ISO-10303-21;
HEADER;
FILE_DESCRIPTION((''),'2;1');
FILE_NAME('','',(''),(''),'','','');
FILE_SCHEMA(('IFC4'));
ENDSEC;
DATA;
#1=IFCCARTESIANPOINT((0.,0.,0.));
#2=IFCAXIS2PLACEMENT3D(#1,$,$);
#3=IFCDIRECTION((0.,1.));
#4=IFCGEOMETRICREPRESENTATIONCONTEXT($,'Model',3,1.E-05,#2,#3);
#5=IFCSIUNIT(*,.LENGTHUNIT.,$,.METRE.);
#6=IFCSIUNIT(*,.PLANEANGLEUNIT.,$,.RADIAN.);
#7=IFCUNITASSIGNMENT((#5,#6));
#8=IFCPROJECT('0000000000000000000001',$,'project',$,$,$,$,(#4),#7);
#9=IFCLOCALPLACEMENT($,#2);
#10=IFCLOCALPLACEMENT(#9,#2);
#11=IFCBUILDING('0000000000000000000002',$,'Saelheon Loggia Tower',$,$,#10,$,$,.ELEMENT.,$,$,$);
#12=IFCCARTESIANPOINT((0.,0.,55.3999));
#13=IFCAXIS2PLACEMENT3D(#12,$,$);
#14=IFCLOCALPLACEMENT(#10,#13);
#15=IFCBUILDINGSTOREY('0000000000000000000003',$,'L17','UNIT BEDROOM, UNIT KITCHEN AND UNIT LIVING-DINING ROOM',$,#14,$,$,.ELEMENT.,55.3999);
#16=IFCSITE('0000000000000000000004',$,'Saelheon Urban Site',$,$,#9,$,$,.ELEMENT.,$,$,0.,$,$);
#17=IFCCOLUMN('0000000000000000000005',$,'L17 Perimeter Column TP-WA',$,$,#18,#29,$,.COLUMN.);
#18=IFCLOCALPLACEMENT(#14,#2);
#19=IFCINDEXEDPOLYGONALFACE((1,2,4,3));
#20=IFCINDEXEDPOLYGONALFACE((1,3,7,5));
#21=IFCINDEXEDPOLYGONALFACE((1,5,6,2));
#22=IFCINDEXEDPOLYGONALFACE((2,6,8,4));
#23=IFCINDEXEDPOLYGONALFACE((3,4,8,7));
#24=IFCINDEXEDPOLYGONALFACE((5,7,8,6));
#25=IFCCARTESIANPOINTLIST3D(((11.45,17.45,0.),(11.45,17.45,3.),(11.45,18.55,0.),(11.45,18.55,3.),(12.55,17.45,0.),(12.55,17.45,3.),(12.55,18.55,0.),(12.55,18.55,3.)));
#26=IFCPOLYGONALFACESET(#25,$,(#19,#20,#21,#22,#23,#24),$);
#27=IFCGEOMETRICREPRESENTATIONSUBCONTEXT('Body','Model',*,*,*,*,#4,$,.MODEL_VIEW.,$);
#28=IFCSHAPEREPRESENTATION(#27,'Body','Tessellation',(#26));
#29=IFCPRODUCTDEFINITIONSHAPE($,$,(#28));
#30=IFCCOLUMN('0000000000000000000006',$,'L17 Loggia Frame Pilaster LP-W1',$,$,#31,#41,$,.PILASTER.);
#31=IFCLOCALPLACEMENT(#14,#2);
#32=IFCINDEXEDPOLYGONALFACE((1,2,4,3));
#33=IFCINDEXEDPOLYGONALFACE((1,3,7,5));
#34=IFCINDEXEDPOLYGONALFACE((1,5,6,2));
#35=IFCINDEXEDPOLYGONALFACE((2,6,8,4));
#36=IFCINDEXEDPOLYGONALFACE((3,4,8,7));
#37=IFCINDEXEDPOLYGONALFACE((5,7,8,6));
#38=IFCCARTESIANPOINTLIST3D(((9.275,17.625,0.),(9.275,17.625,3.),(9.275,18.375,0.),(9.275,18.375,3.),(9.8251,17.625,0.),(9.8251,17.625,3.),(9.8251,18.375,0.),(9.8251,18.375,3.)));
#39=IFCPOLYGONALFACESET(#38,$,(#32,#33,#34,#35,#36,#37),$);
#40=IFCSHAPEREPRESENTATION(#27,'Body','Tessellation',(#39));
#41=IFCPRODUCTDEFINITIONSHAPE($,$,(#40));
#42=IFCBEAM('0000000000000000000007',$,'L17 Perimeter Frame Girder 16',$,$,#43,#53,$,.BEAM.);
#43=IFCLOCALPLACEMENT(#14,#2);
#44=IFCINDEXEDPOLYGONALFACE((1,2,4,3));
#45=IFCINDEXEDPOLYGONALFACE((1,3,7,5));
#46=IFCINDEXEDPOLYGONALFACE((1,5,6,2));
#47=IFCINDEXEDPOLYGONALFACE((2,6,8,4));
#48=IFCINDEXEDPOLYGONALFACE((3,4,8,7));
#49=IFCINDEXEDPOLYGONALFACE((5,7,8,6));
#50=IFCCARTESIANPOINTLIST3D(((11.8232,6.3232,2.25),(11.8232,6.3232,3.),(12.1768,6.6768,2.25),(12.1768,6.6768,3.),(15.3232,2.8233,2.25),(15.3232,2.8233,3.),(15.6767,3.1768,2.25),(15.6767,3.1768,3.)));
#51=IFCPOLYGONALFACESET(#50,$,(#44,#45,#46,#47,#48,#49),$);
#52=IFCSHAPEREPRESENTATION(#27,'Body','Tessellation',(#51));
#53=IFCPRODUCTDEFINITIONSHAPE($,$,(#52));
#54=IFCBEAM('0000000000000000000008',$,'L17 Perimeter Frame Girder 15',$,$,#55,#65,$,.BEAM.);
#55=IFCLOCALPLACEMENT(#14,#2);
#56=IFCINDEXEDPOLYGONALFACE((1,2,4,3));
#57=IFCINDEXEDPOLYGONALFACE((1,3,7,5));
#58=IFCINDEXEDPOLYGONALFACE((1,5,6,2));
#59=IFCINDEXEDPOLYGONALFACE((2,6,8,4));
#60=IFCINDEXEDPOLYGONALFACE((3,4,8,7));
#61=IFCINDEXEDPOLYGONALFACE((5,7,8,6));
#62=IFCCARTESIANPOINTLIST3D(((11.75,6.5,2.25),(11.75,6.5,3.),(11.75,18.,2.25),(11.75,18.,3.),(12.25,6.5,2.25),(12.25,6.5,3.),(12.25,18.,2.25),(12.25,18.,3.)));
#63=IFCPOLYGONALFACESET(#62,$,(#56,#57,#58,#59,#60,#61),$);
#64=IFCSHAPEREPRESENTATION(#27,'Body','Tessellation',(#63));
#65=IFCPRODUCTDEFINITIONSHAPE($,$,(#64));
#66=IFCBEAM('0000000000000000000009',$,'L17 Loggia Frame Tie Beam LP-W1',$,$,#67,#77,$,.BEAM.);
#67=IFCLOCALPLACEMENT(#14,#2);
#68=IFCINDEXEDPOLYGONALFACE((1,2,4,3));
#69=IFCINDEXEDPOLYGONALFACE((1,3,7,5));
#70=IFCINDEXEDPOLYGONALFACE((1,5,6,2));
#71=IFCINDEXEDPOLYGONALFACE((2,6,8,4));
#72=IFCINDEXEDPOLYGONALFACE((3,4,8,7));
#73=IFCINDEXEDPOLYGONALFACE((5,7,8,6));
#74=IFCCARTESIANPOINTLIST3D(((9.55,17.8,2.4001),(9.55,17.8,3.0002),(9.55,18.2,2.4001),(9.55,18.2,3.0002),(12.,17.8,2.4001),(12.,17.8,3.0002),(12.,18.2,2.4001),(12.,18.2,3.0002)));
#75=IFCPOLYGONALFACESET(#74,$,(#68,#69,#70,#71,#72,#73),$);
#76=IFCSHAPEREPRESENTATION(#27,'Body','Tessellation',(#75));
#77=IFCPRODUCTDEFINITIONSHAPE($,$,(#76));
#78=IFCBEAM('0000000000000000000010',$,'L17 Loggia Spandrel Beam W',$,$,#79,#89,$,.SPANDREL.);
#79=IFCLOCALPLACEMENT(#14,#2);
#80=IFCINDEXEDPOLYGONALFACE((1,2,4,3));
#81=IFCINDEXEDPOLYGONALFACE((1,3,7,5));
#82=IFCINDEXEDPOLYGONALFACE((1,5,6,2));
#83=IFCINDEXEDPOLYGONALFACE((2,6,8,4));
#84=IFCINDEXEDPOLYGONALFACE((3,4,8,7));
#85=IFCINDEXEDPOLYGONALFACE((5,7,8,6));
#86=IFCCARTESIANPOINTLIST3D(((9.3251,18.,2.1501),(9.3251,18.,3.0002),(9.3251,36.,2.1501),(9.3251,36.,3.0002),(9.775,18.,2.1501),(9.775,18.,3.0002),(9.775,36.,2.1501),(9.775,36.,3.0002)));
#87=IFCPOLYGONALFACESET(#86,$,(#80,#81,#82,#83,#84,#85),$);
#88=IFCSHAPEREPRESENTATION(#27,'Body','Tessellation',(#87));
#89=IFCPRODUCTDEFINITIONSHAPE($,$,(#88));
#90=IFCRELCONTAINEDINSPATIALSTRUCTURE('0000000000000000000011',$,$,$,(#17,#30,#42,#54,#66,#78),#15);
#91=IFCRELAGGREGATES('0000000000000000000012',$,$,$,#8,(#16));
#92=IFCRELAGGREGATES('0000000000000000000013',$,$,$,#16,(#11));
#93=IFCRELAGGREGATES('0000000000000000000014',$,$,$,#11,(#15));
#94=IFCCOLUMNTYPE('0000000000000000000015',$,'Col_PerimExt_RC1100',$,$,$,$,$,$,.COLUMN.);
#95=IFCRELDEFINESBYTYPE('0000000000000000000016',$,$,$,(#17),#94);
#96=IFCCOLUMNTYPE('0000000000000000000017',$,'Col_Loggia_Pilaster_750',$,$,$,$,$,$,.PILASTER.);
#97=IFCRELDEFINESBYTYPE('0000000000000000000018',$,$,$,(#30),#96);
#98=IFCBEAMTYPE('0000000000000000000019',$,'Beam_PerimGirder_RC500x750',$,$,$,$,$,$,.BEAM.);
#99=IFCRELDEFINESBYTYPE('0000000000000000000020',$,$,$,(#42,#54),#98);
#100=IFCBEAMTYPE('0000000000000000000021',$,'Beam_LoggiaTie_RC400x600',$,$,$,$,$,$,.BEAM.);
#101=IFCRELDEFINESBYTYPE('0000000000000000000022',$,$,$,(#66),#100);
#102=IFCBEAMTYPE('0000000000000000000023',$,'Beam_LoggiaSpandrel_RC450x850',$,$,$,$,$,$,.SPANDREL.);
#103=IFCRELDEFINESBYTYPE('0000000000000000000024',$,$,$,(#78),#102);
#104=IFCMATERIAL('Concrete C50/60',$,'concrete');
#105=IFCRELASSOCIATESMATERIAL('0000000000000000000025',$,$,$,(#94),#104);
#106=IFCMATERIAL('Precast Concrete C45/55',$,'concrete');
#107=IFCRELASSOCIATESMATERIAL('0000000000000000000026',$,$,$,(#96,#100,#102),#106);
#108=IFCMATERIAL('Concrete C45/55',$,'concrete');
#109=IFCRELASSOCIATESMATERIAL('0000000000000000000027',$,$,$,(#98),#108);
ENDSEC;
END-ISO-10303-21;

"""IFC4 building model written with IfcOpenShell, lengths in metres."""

from ifc_helpers import new_model, si_unit, direction, frame, origin, origin_2d, place, context, subcontext, project, spatial, rectangle, extrude, source, transform, mapped, material, material_profile, profile_set, type_object, element, save


model = new_model("IFC4")

# Units and contexts
model_context = context("Model", 3, precision=1e-05, world=origin(), true_north=direction((0.0, 1.0)))
body_context = subcontext(model_context, "Body", "Model", "MODEL_VIEW")
ifc_project = project(units=[si_unit("LENGTHUNIT", "METRE"), si_unit("PLANEANGLEUNIT", "RADIAN")], contexts=[model_context])

# Site, building, storey
site_placement = place(None, origin())
site = spatial("IfcSite", under=ifc_project, at=site_placement, Name="Saelheon Urban Site", CompositionType="ELEMENT", RefElevation=0.0)
building_placement = place(site_placement, origin())
building = spatial("IfcBuilding", under=site, at=building_placement, Name="Saelheon Loggia Tower", CompositionType="ELEMENT")
storey_placement = place(building_placement, frame((0.0, 0.0, 55.3999)))
storey = spatial("IfcBuildingStorey", under=building, at=storey_placement, Name="L17", Description="UNIT BEDROOM, UNIT KITCHEN AND UNIT LIVING-DINING ROOM", CompositionType="ELEMENT", Elevation=55.3999)

# Columns
ifc_material_1 = material(Name="Concrete C50/60", Category="concrete")
ifc_material_profile_1 = material_profile(ifc_material_1, rectangle(XDim=1.1001, YDim=1.1001, at=origin_2d()), Name="RC-1100x1100")
ifc_profile_set_1 = profile_set([ifc_material_profile_1], Name="Concrete C50/60")
column_type_1 = type_object("IfcColumnType", Name="Col_PerimExt_RC1100", PredefinedType="COLUMN", material=ifc_profile_set_1)
shared_shape_1 = source(origin(), body_context, "Body", "SweptSolid", [
    extrude(rectangle(XDim=1.1001, YDim=1.1001, at=origin_2d()), origin(), (0.0, 0.0, 1.0), 3.0),
])
column_1_placement = place(storey_placement, frame((12.0, 18.0, 0.0), z_axis=(0.0, 0.0, 1.0), x_axis=(1.0, 0.0, 0.0)))
element("IfcColumn", 1, at=column_1_placement, inside=storey, type_object=column_type_1, Name="L17 Perimeter Column TP-WA", PredefinedType="COLUMN", context=body_context, shape_type="MappedRepresentation", body=[
    mapped(shared_shape_1, transform((0.0, 0.0, 0.0), scale=1.0)),
])
ifc_material_2 = material(Name="Precast Concrete C45/55", Category="concrete")
ifc_material_profile_2 = material_profile(ifc_material_2, rectangle(XDim=0.55, YDim=0.75, at=origin_2d()), Name="RC-550x750")
ifc_profile_set_2 = profile_set([ifc_material_profile_2], Name="Precast Concrete C45/55")
column_type_2 = type_object("IfcColumnType", Name="Col_Loggia_Pilaster_750", PredefinedType="PILASTER", material=ifc_profile_set_2)
shared_shape_2 = source(origin(), body_context, "Body", "SweptSolid", [
    extrude(rectangle(XDim=0.55, YDim=0.75, at=origin_2d()), origin(), (0.0, 0.0, 1.0), 3.0),
])
column_2_placement = place(storey_placement, frame((9.55, 18.0, 0.0), z_axis=(0.0, 0.0, 1.0), x_axis=(1.0, 0.0, 0.0)))
element("IfcColumn", 2, at=column_2_placement, inside=storey, type_object=column_type_2, Name="L17 Loggia Frame Pilaster LP-W1", PredefinedType="PILASTER", context=body_context, shape_type="MappedRepresentation", body=[
    mapped(shared_shape_2, transform((0.0, 0.0, 0.0), scale=1.0)),
])

# Beams
ifc_material_3 = material(Name="Concrete C45/55", Category="concrete")
ifc_material_profile_3 = material_profile(ifc_material_3, rectangle(XDim=0.5, YDim=0.75, at=origin_2d()), Name="RC-500x750")
ifc_profile_set_3 = profile_set([ifc_material_profile_3], Name="Concrete C45/55")
beam_type_1 = type_object("IfcBeamType", Name="Beam_PerimGirder_RC500x750", PredefinedType="BEAM", material=ifc_profile_set_3)
shared_shape_3 = source(origin(), body_context, "Body", "SweptSolid", [
    extrude(rectangle(XDim=0.5, YDim=0.75, at=origin_2d()), origin(), (0.0, 0.0, 1.0), 4.9497),
])
beam_1_placement = place(storey_placement, frame((12.0, 6.5, 2.625), z_axis=(0.707107, -0.707107, 0.0), x_axis=(0.707107, 0.707107, 0.0)))
element("IfcBeam", 3, at=beam_1_placement, inside=storey, type_object=beam_type_1, Name="L17 Perimeter Frame Girder 16", PredefinedType="BEAM", context=body_context, shape_type="MappedRepresentation", body=[
    mapped(shared_shape_3, transform((0.0, 0.0, 0.0), scale=1.0)),
])
shared_shape_4 = source(origin(), body_context, "Body", "SweptSolid", [
    extrude(rectangle(XDim=0.5, YDim=0.75, at=origin_2d()), origin(), (0.0, 0.0, 1.0), 11.5),
])
beam_2_placement = place(storey_placement, frame((12.0, 18.0, 2.625), z_axis=(0.0, -1.0, 0.0), x_axis=(1.0, 0.0, 0.0)))
element("IfcBeam", 4, at=beam_2_placement, inside=storey, type_object=beam_type_1, Name="L17 Perimeter Frame Girder 15", PredefinedType="BEAM", context=body_context, shape_type="MappedRepresentation", body=[
    mapped(shared_shape_4, transform((0.0, 0.0, 0.0), scale=1.0)),
])
ifc_material_profile_4 = material_profile(ifc_material_2, rectangle(XDim=0.3999, YDim=0.6001, at=origin_2d()), Name="RC-400x600")
ifc_profile_set_4 = profile_set([ifc_material_profile_4], Name="Precast Concrete C45/55")
beam_type_2 = type_object("IfcBeamType", Name="Beam_LoggiaTie_RC400x600", PredefinedType="BEAM", material=ifc_profile_set_4)
shared_shape_5 = source(origin(), body_context, "Body", "SweptSolid", [
    extrude(rectangle(XDim=0.3999, YDim=0.6001, at=origin_2d()), origin(), (0.0, 0.0, 1.0), 2.45),
])
beam_3_placement = place(storey_placement, frame((12.0, 18.0, 2.7002), z_axis=(-1.0, 0.0, 0.0), x_axis=(0.0, -1.0, 0.0)))
element("IfcBeam", 5, at=beam_3_placement, inside=storey, type_object=beam_type_2, Name="L17 Loggia Frame Tie Beam LP-W1", PredefinedType="BEAM", context=body_context, shape_type="MappedRepresentation", body=[
    mapped(shared_shape_5, transform((0.0, 0.0, 0.0), scale=1.0)),
])
ifc_material_profile_5 = material_profile(ifc_material_2, rectangle(XDim=0.45, YDim=0.8501, at=origin_2d()), Name="RC-450x850")
ifc_profile_set_5 = profile_set([ifc_material_profile_5], Name="Precast Concrete C45/55")
beam_type_3 = type_object("IfcBeamType", Name="Beam_LoggiaSpandrel_RC450x850", PredefinedType="SPANDREL", material=ifc_profile_set_5)
shared_shape_6 = source(origin(), body_context, "Body", "SweptSolid", [
    extrude(rectangle(XDim=0.45, YDim=0.8501, at=origin_2d()), origin(), (0.0, 0.0, 1.0), 18.0),
])
beam_4_placement = place(storey_placement, frame((9.55, 18.0, 2.5752), z_axis=(0.0, 1.0, 0.0), x_axis=(-1.0, 0.0, 0.0)))
element("IfcBeam", 6, at=beam_4_placement, inside=storey, type_object=beam_type_3, Name="L17 Loggia Spandrel Beam W", PredefinedType="SPANDREL", context=body_context, shape_type="MappedRepresentation", body=[
    mapped(shared_shape_6, transform((0.0, 0.0, 0.0), scale=1.0)),
])

save(model, "model.ifc")
